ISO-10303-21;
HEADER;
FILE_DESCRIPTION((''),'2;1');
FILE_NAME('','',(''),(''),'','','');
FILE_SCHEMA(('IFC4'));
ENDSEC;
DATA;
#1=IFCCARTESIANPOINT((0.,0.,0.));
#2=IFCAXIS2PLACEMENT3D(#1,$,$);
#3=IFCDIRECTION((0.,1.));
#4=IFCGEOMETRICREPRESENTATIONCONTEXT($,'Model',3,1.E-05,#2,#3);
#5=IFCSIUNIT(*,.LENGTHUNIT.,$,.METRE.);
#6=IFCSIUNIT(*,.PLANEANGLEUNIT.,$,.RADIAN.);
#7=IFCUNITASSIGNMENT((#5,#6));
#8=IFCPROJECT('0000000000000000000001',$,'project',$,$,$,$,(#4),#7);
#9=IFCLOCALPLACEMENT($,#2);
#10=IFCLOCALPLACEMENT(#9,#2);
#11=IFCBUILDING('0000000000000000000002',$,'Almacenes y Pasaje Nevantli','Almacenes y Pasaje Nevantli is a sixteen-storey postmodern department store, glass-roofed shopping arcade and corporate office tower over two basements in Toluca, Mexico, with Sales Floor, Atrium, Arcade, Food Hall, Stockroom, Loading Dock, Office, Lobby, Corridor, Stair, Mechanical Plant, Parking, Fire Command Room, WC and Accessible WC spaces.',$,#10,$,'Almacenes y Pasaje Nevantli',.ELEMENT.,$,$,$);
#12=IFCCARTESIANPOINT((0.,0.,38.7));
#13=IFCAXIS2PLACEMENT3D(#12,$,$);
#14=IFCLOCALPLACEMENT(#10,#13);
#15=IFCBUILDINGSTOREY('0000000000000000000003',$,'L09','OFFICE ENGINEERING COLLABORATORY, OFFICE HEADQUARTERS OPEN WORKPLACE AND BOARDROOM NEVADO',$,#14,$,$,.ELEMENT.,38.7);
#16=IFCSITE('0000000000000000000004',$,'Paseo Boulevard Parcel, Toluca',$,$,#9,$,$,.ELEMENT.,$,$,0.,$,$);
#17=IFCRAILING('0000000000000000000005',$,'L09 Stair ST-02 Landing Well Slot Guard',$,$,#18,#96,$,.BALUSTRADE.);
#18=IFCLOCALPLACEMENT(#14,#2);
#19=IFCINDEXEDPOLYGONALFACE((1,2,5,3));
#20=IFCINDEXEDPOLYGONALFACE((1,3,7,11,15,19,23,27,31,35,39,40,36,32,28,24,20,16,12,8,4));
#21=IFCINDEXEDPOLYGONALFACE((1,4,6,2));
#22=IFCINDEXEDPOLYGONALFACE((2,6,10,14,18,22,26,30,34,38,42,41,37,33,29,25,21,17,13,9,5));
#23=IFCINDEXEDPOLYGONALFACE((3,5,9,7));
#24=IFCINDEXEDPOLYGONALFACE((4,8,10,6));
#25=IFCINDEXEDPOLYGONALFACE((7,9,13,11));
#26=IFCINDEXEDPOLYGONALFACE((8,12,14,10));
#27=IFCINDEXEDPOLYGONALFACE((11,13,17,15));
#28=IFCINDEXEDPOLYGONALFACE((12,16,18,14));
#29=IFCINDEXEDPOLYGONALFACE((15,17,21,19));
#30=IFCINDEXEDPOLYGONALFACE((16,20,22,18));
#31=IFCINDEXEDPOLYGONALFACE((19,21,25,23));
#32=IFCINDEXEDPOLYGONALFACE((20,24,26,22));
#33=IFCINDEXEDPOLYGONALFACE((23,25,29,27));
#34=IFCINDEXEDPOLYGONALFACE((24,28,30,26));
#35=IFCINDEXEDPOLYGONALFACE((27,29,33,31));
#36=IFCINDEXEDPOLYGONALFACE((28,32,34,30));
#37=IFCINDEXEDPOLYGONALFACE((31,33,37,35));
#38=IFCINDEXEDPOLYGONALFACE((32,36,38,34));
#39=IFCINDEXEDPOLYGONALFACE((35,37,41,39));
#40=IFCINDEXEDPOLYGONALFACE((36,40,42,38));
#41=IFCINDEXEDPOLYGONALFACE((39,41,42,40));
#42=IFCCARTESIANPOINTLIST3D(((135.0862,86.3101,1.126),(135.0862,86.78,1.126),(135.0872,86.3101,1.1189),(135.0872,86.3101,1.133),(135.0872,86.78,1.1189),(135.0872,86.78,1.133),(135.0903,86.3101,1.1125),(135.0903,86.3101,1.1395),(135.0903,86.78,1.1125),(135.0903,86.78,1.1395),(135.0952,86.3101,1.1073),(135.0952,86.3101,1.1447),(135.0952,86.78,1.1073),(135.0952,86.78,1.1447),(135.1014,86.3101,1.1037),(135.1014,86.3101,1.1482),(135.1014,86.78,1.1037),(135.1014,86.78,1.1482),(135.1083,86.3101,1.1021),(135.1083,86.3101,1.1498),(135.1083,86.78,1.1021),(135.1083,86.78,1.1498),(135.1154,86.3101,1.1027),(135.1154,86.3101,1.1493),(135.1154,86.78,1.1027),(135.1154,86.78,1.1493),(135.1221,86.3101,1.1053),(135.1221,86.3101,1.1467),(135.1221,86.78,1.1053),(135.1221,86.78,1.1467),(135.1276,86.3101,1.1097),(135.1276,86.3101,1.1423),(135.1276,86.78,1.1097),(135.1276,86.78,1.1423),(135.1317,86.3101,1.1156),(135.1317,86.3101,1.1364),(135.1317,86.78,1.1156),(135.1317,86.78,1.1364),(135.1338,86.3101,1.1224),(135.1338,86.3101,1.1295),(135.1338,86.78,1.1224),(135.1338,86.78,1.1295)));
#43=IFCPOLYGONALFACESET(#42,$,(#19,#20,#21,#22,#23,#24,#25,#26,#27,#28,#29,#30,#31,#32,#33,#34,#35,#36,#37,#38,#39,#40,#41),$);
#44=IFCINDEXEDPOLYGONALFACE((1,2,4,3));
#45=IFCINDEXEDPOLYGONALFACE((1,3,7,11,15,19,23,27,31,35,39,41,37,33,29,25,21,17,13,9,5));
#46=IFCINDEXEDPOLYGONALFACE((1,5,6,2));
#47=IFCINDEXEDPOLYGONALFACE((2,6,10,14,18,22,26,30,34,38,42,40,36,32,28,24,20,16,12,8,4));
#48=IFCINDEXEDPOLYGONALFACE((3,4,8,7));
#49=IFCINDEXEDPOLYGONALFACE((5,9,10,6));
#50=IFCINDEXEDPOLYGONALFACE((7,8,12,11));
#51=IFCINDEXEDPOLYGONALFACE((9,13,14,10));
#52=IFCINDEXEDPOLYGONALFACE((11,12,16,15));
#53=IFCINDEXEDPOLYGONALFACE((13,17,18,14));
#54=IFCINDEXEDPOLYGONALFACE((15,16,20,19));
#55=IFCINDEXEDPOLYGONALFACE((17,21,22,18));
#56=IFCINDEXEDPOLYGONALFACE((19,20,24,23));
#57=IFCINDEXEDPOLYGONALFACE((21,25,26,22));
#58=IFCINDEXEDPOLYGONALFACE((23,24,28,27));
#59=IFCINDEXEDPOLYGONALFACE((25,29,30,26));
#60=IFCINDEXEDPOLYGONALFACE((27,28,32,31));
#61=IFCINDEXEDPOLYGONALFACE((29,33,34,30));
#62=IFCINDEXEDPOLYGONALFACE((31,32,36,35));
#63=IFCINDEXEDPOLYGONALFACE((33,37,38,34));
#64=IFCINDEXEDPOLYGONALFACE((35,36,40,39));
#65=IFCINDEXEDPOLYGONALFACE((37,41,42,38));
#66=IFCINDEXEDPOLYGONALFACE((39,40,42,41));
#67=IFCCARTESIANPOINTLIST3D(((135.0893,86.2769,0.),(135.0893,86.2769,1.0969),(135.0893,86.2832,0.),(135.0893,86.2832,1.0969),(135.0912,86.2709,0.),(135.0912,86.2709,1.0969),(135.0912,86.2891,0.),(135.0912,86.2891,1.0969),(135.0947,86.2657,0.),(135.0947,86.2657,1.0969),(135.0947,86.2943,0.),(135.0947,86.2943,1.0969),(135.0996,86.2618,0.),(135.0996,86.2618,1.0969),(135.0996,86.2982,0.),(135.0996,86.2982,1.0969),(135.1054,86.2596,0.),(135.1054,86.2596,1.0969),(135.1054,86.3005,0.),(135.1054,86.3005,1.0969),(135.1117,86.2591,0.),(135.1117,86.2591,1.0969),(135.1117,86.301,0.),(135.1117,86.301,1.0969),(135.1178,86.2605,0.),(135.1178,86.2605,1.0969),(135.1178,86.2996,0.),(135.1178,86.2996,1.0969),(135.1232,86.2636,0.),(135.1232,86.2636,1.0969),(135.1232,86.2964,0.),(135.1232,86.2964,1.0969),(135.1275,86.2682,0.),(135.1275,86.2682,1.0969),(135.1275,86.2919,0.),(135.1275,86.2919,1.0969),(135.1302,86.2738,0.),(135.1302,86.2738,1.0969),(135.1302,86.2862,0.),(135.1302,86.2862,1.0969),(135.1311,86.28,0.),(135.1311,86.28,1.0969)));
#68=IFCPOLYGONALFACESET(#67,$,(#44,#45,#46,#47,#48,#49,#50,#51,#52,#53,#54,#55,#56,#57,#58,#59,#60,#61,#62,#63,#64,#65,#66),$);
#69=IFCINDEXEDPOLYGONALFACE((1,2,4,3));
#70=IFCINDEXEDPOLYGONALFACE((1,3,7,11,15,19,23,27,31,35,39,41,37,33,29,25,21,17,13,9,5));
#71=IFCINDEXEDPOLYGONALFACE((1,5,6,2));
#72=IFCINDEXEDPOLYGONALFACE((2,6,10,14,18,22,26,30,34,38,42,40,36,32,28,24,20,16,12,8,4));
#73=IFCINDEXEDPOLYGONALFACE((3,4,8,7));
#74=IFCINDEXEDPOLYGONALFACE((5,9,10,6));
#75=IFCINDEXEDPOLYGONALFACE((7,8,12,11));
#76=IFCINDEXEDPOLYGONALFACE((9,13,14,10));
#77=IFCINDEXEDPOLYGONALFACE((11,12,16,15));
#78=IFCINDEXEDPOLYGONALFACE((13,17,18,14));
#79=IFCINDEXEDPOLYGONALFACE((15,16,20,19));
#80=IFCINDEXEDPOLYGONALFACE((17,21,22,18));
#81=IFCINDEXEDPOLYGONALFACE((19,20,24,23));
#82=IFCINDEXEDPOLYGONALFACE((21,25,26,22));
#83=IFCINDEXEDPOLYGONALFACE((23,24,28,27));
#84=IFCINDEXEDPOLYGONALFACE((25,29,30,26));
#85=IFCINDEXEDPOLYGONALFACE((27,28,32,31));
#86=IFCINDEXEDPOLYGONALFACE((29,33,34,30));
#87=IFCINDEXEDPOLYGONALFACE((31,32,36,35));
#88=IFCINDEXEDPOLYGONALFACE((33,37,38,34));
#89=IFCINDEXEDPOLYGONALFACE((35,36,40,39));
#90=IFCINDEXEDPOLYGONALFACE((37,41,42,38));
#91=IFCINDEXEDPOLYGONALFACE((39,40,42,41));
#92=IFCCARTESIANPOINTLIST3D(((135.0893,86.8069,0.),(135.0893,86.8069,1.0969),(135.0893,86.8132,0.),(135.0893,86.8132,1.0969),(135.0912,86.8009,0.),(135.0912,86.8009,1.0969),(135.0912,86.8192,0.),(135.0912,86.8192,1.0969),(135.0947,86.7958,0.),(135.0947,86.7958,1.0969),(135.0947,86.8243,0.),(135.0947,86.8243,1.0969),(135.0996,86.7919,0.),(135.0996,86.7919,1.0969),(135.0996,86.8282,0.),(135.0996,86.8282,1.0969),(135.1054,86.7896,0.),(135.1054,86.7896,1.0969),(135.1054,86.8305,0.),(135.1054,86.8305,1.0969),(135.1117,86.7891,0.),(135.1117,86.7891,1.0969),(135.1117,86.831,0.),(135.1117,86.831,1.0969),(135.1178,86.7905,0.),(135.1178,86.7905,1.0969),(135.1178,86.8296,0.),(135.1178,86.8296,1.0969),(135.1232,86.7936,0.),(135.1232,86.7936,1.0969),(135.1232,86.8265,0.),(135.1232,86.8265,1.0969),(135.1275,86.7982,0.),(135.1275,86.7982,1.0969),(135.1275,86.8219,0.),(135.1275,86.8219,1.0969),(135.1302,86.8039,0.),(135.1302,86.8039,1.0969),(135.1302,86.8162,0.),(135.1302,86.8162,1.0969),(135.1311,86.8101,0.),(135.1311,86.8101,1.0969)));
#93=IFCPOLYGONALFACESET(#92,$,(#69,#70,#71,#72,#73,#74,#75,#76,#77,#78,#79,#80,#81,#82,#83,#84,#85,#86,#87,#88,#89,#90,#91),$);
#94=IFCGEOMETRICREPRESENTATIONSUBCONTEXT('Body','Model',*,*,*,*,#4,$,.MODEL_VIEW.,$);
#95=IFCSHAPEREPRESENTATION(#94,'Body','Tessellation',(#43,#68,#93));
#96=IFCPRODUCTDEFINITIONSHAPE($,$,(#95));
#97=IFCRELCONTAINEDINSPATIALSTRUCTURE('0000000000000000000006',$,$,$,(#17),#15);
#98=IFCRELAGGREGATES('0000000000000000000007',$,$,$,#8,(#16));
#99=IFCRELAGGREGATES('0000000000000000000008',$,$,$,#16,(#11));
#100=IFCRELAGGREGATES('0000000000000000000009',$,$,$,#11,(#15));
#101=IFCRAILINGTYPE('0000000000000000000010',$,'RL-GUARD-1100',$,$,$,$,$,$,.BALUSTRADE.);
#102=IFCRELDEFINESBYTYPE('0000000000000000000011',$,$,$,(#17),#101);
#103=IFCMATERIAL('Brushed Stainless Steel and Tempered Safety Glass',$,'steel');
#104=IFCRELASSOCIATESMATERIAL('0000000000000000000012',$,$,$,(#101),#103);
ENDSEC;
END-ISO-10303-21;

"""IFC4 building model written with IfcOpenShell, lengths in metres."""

from ifc_helpers import new_model, si_unit, direction, frame, origin, origin_2d, place, context, subcontext, project, spatial, circle, extrude, material, type_object, element, save


model = new_model("IFC4")

# Units and contexts
model_context = context("Model", 3, precision=1e-05, world=origin(), true_north=direction((0.0, 1.0)))
body_context = subcontext(model_context, "Body", "Model", "MODEL_VIEW")
ifc_project = project(units=[si_unit("LENGTHUNIT", "METRE"), si_unit("PLANEANGLEUNIT", "RADIAN")], contexts=[model_context])

# Site, building, storey
site_placement = place(None, origin())
site = spatial("IfcSite", under=ifc_project, at=site_placement, Name="Paseo Boulevard Parcel, Toluca", CompositionType="ELEMENT", RefElevation=0.0)
building_placement = place(site_placement, origin())
building = spatial("IfcBuilding", under=site, at=building_placement, Name="Almacenes y Pasaje Nevantli", Description="Almacenes y Pasaje Nevantli is a sixteen-storey postmodern department store, glass-roofed shopping arcade and corporate office tower over two basements in Toluca, Mexico, with Sales Floor, Atrium, Arcade, Food Hall, Stockroom, Loading Dock, Office, Lobby, Corridor, Stair, Mechanical Plant, Parking, Fire Command Room, WC and Accessible WC spaces.", LongName="Almacenes y Pasaje Nevantli", CompositionType="ELEMENT")
storey_placement = place(building_placement, frame((0.0, 0.0, 38.7)))
storey = spatial("IfcBuildingStorey", under=building, at=storey_placement, Name="L09", Description="OFFICE ENGINEERING COLLABORATORY, OFFICE HEADQUARTERS OPEN WORKPLACE AND BOARDROOM NEVADO", CompositionType="ELEMENT", Elevation=38.7)

# Railing
ifc_material_1 = material(Name="Brushed Stainless Steel and Tempered Safety Glass", Category="steel")
railing_type_1 = type_object("IfcRailingType", Name="RL-GUARD-1100", PredefinedType="BALUSTRADE", material=ifc_material_1)
railing_1_placement = place(storey_placement, frame((135.1101, 86.28, 0.0)))
element("IfcRailing", 1, at=railing_1_placement, inside=storey, type_object=railing_type_1, Name="L09 Stair ST-02 Landing Well Slot Guard", PredefinedType="BALUSTRADE", context=body_context, shape_type="SweptSolid", body=[
    extrude(circle(Radius=0.0239, at=origin_2d()), frame((0.0, 0.03, 1.126), z_axis=(0.0, 1.0, 0.0), x_axis=(-1.0, 0.0, 0.0)), (0.0, 0.0, 1.0), 0.47),
    extrude(circle(Radius=0.021, at=origin_2d()), origin(), (0.0, 0.0, 1.0), 1.0969),
    extrude(circle(Radius=0.021, at=origin_2d()), frame((0.0, 0.53, 0.0)), (0.0, 0.0, 1.0), 1.0969),
])

save(model, "model.ifc")
